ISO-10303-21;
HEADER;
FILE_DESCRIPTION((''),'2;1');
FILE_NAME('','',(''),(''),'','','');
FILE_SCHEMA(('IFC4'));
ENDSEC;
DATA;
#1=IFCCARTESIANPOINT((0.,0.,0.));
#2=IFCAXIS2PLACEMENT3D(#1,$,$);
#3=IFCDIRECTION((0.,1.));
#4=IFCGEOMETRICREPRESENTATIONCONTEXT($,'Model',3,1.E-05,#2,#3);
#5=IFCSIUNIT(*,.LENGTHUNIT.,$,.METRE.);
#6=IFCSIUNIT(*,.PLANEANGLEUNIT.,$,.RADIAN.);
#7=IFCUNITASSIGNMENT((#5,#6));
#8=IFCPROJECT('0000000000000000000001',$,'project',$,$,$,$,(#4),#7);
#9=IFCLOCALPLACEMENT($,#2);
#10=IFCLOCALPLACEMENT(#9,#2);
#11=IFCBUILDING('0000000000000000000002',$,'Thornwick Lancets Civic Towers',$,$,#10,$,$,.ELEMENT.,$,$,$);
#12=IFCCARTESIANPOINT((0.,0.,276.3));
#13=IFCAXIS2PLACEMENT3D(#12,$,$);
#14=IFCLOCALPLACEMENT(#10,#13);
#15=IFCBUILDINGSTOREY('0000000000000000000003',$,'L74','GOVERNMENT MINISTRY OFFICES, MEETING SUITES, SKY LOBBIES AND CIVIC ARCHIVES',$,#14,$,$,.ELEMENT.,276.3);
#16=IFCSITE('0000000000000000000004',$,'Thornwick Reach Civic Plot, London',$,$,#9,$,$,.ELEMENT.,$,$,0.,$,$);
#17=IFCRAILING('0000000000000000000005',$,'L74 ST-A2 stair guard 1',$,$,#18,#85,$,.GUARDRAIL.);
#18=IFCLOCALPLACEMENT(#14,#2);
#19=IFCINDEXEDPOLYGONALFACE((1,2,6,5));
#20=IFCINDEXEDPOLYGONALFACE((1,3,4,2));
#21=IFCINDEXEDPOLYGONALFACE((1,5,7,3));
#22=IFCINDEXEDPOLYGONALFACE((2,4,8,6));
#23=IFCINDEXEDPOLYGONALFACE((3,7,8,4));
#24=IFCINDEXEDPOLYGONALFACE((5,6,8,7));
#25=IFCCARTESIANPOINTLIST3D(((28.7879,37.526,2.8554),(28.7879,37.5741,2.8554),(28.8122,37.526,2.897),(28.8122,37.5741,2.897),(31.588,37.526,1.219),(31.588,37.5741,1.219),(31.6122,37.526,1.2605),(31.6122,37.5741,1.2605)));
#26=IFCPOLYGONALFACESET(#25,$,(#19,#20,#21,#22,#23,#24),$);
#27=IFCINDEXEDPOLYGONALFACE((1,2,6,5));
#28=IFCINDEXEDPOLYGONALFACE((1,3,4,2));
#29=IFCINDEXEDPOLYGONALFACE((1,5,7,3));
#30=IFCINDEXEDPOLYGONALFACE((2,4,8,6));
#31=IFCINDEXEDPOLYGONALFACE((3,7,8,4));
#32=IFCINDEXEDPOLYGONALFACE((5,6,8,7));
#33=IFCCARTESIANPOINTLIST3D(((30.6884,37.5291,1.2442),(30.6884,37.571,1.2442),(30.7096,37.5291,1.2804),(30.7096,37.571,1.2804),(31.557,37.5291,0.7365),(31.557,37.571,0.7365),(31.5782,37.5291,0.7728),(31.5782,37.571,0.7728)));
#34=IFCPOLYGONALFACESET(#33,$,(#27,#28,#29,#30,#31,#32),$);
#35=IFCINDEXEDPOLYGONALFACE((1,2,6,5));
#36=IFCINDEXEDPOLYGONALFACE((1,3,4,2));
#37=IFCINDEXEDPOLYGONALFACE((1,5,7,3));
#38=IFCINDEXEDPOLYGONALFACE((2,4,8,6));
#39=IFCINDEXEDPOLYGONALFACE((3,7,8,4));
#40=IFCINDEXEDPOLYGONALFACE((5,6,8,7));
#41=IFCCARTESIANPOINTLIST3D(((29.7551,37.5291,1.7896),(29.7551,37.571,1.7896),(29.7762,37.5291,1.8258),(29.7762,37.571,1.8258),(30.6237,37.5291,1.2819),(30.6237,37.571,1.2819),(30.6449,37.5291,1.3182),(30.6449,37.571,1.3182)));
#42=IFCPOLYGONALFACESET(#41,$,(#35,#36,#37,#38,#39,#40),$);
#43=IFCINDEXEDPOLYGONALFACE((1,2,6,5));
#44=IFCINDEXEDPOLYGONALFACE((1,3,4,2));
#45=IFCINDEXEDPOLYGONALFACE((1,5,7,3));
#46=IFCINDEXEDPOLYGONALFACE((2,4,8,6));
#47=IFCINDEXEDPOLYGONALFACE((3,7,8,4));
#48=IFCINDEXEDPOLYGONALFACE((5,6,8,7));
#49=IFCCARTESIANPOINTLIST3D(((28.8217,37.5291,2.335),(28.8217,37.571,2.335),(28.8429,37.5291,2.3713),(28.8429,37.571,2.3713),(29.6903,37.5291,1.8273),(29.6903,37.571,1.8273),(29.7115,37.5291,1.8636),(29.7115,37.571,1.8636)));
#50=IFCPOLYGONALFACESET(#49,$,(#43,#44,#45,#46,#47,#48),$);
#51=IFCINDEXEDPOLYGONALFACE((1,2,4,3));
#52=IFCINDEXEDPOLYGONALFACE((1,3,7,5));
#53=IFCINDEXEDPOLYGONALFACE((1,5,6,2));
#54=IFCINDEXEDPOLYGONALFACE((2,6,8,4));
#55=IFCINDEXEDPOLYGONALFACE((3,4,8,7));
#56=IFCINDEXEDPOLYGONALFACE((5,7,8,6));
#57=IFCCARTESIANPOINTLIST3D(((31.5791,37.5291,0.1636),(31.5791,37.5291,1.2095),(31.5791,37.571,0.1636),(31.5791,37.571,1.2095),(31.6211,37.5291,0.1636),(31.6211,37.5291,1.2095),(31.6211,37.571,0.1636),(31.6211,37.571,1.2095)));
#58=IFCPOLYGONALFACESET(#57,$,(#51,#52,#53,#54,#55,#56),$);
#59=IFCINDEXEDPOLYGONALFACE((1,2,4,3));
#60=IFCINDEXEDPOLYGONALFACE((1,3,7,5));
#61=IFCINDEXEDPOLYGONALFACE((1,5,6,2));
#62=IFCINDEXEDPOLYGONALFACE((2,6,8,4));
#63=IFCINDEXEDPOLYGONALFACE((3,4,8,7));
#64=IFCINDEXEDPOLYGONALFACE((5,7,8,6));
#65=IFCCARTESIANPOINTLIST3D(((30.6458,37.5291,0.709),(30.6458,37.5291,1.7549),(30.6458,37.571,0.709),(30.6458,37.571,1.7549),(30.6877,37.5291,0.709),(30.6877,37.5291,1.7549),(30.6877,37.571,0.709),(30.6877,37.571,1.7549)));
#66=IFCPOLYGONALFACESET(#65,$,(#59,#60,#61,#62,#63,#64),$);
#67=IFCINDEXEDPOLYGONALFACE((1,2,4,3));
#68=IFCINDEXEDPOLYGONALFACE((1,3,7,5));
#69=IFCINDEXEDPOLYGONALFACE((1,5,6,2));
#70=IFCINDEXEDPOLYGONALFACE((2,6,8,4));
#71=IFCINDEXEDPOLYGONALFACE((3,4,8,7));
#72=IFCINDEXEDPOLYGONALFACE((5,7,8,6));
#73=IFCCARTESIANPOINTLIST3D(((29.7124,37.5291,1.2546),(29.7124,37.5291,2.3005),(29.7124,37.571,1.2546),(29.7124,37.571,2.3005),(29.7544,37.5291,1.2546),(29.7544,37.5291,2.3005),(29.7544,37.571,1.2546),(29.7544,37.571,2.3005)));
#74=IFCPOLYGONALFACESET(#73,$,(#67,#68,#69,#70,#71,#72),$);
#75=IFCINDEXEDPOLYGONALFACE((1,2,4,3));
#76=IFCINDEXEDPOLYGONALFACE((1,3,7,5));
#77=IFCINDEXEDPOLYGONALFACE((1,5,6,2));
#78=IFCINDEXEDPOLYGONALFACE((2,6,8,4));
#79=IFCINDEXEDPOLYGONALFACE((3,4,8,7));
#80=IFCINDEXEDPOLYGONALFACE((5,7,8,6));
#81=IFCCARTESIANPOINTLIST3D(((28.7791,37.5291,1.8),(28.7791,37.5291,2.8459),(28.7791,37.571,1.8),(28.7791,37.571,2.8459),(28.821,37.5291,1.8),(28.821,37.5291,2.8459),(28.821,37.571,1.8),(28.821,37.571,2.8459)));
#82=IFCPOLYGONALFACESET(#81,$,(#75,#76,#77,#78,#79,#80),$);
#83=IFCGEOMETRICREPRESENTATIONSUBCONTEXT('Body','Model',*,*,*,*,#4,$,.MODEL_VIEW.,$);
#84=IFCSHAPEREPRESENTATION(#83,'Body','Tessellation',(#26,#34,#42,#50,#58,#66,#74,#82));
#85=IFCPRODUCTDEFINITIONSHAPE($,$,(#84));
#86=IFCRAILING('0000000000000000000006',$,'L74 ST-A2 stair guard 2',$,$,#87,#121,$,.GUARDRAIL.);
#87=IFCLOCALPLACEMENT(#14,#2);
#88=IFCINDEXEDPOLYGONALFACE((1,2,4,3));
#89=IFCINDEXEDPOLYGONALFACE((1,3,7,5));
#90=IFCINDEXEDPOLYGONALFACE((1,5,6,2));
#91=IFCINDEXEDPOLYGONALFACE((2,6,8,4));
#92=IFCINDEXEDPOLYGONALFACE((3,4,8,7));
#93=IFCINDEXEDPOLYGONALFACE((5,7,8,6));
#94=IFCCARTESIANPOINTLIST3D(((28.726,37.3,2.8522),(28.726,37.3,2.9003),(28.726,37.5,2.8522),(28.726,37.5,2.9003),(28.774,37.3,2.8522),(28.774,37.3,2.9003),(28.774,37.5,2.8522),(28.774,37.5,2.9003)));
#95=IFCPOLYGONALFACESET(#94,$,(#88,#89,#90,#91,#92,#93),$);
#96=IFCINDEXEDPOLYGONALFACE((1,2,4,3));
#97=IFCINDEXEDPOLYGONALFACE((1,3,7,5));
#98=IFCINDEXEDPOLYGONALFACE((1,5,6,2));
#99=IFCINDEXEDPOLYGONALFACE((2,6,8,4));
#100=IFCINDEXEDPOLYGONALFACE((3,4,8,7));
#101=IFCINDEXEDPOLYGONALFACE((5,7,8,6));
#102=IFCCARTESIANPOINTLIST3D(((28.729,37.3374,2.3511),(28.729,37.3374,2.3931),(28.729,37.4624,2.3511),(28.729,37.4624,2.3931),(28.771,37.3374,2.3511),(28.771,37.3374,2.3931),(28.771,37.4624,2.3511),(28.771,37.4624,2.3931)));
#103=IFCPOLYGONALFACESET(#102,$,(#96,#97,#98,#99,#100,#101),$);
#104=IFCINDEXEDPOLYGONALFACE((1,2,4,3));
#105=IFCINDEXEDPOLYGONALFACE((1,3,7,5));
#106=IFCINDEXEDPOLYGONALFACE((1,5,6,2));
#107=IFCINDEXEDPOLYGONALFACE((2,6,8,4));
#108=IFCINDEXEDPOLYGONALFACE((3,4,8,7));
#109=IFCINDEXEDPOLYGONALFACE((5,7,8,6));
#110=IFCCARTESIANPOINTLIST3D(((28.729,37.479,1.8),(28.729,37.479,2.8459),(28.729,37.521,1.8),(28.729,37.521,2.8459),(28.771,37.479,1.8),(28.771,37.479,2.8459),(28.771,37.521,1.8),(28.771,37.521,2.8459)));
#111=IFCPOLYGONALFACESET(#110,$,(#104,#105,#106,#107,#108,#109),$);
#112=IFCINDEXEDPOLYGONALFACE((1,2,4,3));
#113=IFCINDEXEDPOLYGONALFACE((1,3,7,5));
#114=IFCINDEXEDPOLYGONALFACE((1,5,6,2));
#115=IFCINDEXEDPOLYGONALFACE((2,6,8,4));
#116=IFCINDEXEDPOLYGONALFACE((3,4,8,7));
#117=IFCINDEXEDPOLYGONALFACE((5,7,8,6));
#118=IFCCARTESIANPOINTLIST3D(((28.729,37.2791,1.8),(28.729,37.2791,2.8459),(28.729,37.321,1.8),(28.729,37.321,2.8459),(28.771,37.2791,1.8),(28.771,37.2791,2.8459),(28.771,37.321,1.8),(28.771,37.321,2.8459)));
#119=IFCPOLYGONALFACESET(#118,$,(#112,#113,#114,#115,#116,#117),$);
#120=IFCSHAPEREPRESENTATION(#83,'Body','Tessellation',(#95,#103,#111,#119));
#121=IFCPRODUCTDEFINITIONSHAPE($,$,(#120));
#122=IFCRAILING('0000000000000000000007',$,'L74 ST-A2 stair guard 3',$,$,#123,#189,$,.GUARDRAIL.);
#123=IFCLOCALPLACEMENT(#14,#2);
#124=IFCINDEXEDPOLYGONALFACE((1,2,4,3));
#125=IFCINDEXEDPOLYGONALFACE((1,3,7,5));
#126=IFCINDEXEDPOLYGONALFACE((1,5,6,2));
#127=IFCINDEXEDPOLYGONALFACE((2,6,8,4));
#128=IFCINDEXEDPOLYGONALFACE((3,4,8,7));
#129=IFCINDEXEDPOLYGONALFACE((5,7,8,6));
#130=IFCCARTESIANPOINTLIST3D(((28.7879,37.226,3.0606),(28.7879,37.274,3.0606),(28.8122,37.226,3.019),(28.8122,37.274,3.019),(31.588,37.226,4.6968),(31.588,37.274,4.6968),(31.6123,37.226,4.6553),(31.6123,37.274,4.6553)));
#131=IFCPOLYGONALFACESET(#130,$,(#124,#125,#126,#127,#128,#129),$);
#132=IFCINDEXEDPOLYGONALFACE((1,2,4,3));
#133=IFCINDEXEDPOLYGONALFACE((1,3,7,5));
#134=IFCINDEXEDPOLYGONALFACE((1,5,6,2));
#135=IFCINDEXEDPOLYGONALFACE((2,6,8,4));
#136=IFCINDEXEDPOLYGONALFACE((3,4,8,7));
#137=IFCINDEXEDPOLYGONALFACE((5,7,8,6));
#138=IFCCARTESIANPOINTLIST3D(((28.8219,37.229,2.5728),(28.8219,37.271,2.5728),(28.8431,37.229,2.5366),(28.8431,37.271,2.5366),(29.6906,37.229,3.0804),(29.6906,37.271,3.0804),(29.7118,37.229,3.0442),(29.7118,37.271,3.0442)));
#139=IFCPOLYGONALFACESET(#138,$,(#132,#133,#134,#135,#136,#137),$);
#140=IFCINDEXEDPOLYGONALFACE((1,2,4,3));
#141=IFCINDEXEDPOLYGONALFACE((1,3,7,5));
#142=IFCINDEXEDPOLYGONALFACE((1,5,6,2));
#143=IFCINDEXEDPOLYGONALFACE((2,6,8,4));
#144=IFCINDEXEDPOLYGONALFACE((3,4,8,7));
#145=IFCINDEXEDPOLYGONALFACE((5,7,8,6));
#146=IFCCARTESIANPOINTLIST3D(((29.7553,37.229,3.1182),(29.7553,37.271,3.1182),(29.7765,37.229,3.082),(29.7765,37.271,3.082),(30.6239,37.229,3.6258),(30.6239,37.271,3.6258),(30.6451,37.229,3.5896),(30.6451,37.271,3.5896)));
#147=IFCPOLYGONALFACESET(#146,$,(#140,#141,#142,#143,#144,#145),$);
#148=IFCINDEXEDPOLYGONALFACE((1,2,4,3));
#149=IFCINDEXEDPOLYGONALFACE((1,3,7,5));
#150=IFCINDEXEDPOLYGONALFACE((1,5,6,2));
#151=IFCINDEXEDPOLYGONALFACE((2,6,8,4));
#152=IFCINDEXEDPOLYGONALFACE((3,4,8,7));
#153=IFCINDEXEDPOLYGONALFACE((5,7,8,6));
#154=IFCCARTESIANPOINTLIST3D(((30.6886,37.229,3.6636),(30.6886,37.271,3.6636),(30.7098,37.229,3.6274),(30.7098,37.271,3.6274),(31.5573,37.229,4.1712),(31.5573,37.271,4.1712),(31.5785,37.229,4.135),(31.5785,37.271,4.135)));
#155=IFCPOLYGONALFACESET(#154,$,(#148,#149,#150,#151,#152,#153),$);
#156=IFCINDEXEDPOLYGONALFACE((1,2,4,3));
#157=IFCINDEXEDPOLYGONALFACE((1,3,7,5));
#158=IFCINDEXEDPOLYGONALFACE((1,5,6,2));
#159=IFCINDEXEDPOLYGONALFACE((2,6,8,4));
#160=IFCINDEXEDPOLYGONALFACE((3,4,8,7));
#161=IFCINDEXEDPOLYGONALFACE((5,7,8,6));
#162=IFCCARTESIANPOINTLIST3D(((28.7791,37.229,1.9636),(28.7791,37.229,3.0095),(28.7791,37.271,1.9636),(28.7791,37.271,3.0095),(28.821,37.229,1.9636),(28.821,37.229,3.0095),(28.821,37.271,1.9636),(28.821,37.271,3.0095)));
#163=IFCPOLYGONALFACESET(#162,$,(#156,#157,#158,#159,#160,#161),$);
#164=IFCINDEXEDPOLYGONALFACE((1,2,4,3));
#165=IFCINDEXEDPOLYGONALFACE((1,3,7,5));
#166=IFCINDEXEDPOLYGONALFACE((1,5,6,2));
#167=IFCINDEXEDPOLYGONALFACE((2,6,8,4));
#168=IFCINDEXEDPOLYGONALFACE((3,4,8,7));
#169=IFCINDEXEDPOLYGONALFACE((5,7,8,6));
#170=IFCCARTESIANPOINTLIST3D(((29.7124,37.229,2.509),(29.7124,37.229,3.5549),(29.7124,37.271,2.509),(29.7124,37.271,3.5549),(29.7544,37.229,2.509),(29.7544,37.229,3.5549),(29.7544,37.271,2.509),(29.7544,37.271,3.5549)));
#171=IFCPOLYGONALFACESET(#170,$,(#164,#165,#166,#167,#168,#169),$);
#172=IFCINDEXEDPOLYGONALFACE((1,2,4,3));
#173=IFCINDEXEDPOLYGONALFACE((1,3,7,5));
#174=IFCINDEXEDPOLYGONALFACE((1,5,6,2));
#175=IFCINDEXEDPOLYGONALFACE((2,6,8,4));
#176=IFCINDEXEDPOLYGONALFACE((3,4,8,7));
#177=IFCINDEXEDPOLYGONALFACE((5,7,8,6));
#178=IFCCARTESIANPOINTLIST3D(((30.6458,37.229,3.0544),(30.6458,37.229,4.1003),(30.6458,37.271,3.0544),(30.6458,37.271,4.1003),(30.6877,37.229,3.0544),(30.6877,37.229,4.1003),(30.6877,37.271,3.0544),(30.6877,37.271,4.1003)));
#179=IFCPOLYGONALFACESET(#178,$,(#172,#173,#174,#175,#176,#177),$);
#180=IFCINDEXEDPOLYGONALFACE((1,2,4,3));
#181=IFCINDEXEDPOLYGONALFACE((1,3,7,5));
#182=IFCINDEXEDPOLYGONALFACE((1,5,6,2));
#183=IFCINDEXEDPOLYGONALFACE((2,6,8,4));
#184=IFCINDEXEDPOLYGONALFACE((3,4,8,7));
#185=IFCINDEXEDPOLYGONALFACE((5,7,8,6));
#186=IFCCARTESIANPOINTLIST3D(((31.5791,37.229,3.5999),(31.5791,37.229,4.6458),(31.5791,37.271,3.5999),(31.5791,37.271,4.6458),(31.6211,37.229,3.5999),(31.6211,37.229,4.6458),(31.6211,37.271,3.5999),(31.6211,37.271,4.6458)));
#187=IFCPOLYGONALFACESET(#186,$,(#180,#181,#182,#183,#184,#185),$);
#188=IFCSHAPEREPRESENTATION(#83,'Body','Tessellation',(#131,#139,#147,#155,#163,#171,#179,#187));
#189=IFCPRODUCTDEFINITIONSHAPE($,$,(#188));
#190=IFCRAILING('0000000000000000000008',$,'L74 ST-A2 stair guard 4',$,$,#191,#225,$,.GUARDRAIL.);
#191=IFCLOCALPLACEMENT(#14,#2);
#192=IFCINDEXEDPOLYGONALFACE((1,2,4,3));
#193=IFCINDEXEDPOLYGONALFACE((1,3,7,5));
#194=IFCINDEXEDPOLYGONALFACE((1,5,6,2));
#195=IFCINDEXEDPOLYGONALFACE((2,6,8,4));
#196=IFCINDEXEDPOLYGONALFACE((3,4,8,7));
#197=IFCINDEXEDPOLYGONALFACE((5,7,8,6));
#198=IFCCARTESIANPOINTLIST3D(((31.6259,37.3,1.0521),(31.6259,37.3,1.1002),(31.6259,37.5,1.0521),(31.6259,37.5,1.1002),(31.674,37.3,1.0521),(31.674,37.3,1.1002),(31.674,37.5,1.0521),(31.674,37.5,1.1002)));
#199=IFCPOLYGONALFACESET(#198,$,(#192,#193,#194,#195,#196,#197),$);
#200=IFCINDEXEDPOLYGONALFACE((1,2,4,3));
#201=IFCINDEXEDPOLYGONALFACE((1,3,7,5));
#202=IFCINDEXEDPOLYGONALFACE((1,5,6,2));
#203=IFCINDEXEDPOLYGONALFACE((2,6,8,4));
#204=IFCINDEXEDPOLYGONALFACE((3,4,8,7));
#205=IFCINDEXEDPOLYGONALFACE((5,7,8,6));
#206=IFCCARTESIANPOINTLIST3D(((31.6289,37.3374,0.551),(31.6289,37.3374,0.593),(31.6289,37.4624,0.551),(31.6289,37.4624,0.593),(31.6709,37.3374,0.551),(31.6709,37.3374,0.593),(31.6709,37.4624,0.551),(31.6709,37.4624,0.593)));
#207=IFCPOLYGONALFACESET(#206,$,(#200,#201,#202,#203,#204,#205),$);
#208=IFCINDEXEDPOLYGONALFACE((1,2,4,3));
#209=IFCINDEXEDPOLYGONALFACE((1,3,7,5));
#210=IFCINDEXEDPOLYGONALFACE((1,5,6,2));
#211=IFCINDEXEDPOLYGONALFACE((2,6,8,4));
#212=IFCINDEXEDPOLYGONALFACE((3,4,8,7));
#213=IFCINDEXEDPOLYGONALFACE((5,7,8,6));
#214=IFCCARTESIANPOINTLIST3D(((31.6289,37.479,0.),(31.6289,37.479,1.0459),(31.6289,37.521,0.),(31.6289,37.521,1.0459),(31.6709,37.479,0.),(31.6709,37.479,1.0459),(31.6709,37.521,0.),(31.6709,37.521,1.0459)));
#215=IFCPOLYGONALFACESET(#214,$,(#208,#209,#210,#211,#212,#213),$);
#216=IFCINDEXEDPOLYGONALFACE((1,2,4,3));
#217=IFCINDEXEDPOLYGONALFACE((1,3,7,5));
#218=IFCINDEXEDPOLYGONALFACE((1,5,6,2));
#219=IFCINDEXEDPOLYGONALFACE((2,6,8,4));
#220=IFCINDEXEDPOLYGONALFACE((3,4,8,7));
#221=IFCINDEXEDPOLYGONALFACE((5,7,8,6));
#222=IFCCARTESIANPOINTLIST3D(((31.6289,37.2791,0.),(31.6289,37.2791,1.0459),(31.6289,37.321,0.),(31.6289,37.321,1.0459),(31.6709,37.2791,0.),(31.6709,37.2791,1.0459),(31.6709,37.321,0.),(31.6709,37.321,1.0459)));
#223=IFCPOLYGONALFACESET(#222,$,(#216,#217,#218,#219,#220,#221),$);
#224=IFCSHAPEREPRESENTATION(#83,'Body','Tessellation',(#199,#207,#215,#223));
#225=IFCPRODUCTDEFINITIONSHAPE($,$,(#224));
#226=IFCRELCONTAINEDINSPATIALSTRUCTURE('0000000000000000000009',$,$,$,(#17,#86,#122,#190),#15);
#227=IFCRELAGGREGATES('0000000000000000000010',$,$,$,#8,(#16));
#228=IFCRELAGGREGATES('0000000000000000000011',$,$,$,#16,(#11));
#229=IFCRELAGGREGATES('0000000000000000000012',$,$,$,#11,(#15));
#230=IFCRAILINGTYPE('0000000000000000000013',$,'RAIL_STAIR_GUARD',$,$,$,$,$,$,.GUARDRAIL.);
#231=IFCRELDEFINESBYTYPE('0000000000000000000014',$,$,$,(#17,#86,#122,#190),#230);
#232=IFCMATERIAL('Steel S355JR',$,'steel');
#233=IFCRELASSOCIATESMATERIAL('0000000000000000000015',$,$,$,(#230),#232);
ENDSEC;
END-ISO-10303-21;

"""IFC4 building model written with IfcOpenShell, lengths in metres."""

from ifc_helpers import new_model, si_unit, direction, frame, origin, origin_2d, place, context, subcontext, project, spatial, rectangle, extrude, material, type_object, element, save


model = new_model("IFC4")

# Units and contexts
model_context = context("Model", 3, precision=1e-05, world=origin(), true_north=direction((0.0, 1.0)))
body_context = subcontext(model_context, "Body", "Model", "MODEL_VIEW")
ifc_project = project(units=[si_unit("LENGTHUNIT", "METRE"), si_unit("PLANEANGLEUNIT", "RADIAN")], contexts=[model_context])

# Site, building, storey
site_placement = place(None, origin())
site = spatial("IfcSite", under=ifc_project, at=site_placement, Name="Thornwick Reach Civic Plot, London", CompositionType="ELEMENT", RefElevation=0.0)
building_placement = place(site_placement, origin())
building = spatial("IfcBuilding", under=site, at=building_placement, Name="Thornwick Lancets Civic Towers", CompositionType="ELEMENT")
storey_placement = place(building_placement, frame((0.0, 0.0, 276.3)))
storey = spatial("IfcBuildingStorey", under=building, at=storey_placement, Name="L74", Description="GOVERNMENT MINISTRY OFFICES, MEETING SUITES, SKY LOBBIES AND CIVIC ARCHIVES", CompositionType="ELEMENT", Elevation=276.3)

# Shared definitions
ifc_material_1 = material(Name="Steel S355JR", Category="steel")

# Railings
railing_type_1 = type_object("IfcRailingType", Name="RAIL_STAIR_GUARD", PredefinedType="GUARDRAIL", material=ifc_material_1)
railing_1_placement = place(storey_placement, frame((31.6001, 37.55, 0.1636)))
element("IfcRailing", 1, at=railing_1_placement, inside=storey, type_object=railing_type_1, Name="L74 ST-A2 stair guard 1", PredefinedType="GUARDRAIL", context=body_context, shape_type="SweptSolid", body=[
    extrude(rectangle(XDim=0.0481, YDim=0.0481, at=origin_2d()), frame((0.0, 0.0, 1.0762), z_axis=(-0.863361, 0.0, 0.504587), x_axis=(0.0, -1.0, 0.0)), (0.0, 0.0, 1.0), 3.2432),
    extrude(rectangle(XDim=0.042, YDim=0.042, at=origin_2d()), frame((-0.0325, 0.0, 0.5911), z_axis=(-0.863361, 0.0, 0.504587), x_axis=(0.0, -1.0, 0.0)), (0.0, 0.0, 1.0), 1.0061),
    extrude(rectangle(XDim=0.042, YDim=0.042, at=origin_2d()), frame((-0.9658, 0.0, 1.1365), z_axis=(-0.863361, 0.0, 0.504587), x_axis=(0.0, -1.0, 0.0)), (0.0, 0.0, 1.0), 1.0061),
    extrude(rectangle(XDim=0.042, YDim=0.042, at=origin_2d()), frame((-1.8992, 0.0, 1.6819), z_axis=(-0.863361, 0.0, 0.504587), x_axis=(0.0, -1.0, 0.0)), (0.0, 0.0, 1.0), 1.0061),
    extrude(rectangle(XDim=0.042, YDim=0.042, at=origin_2d()), origin(), (0.0, 0.0, 1.0), 1.0459),
    extrude(rectangle(XDim=0.042, YDim=0.042, at=origin_2d()), frame((-0.9333, 0.0, 0.5454)), (0.0, 0.0, 1.0), 1.0459),
    extrude(rectangle(XDim=0.042, YDim=0.042, at=origin_2d()), frame((-1.8667, 0.0, 1.0911)), (0.0, 0.0, 1.0), 1.0459),
    extrude(rectangle(XDim=0.042, YDim=0.042, at=origin_2d()), frame((-2.8, 0.0, 1.6365)), (0.0, 0.0, 1.0), 1.0459),
])
railing_2_placement = place(storey_placement, frame((28.75, 37.5, 1.8)))
element("IfcRailing", 2, at=railing_2_placement, inside=storey, type_object=railing_type_1, Name="L74 ST-A2 stair guard 2", PredefinedType="GUARDRAIL", context=body_context, shape_type="SweptSolid", body=[
    extrude(rectangle(XDim=0.0481, YDim=0.0481, at=origin_2d()), frame((0.0, 0.0, 1.0762), z_axis=(0.0, -1.0, 0.0), x_axis=(1.0, 0.0, 0.0)), (0.0, 0.0, 1.0), 0.2),
    extrude(rectangle(XDim=0.042, YDim=0.042, at=origin_2d()), frame((0.0, -0.0376, 0.572), z_axis=(0.0, -1.0, 0.0), x_axis=(1.0, 0.0, 0.0)), (0.0, 0.0, 1.0), 0.125),
    extrude(rectangle(XDim=0.042, YDim=0.042, at=origin_2d()), origin(), (0.0, 0.0, 1.0), 1.0459),
    extrude(rectangle(XDim=0.042, YDim=0.042, at=origin_2d()), frame((0.0, -0.2, 0.0)), (0.0, 0.0, 1.0), 1.0459),
])
railing_3_placement = place(storey_placement, frame((28.8, 37.25, 1.9636)))
element("IfcRailing", 3, at=railing_3_placement, inside=storey, type_object=railing_type_1, Name="L74 ST-A2 stair guard 3", PredefinedType="GUARDRAIL", context=body_context, shape_type="SweptSolid", body=[
    extrude(rectangle(XDim=0.0481, YDim=0.0481, at=origin_2d()), frame((0.0, 0.0, 1.0762), z_axis=(0.863394, 0.0, 0.504531), x_axis=(0.0, 1.0, 0.0)), (0.0, 0.0, 1.0), 3.2432),
    extrude(rectangle(XDim=0.042, YDim=0.042, at=origin_2d()), frame((0.0325, 0.0, 0.5911), z_axis=(0.863394, 0.0, 0.504531), x_axis=(0.0, 1.0, 0.0)), (0.0, 0.0, 1.0), 1.0061),
    extrude(rectangle(XDim=0.042, YDim=0.042, at=origin_2d()), frame((0.9658, 0.0, 1.1365), z_axis=(0.863394, 0.0, 0.504531), x_axis=(0.0, 1.0, 0.0)), (0.0, 0.0, 1.0), 1.0061),
    extrude(rectangle(XDim=0.042, YDim=0.042, at=origin_2d()), frame((1.8992, 0.0, 1.6819), z_axis=(0.863394, 0.0, 0.504531), x_axis=(0.0, 1.0, 0.0)), (0.0, 0.0, 1.0), 1.0061),
    extrude(rectangle(XDim=0.042, YDim=0.042, at=origin_2d()), origin(), (0.0, 0.0, 1.0), 1.0459),
    extrude(rectangle(XDim=0.042, YDim=0.042, at=origin_2d()), frame((0.9333, 0.0, 0.5454)), (0.0, 0.0, 1.0), 1.0459),
    extrude(rectangle(XDim=0.042, YDim=0.042, at=origin_2d()), frame((1.8667, 0.0, 1.0908)), (0.0, 0.0, 1.0), 1.0459),
    extrude(rectangle(XDim=0.042, YDim=0.042, at=origin_2d()), frame((2.8, 0.0, 1.6362)), (0.0, 0.0, 1.0), 1.0459),
])
railing_4_placement = place(storey_placement, frame((31.6499, 37.5, 0.0)))
element("IfcRailing", 4, at=railing_4_placement, inside=storey, type_object=railing_type_1, Name="L74 ST-A2 stair guard 4", PredefinedType="GUARDRAIL", context=body_context, shape_type="SweptSolid", body=[
    extrude(rectangle(XDim=0.0481, YDim=0.0481, at=origin_2d()), frame((0.0, 0.0, 1.0762), z_axis=(0.0, -1.0, 0.0), x_axis=(1.0, 0.0, 0.0)), (0.0, 0.0, 1.0), 0.2),
    extrude(rectangle(XDim=0.042, YDim=0.042, at=origin_2d()), frame((0.0, -0.0376, 0.572), z_axis=(0.0, -1.0, 0.0), x_axis=(1.0, 0.0, 0.0)), (0.0, 0.0, 1.0), 0.125),
    extrude(rectangle(XDim=0.042, YDim=0.042, at=origin_2d()), origin(), (0.0, 0.0, 1.0), 1.0459),
    extrude(rectangle(XDim=0.042, YDim=0.042, at=origin_2d()), frame((0.0, -0.2, 0.0)), (0.0, 0.0, 1.0), 1.0459),
])

save(model, "model.ifc")
